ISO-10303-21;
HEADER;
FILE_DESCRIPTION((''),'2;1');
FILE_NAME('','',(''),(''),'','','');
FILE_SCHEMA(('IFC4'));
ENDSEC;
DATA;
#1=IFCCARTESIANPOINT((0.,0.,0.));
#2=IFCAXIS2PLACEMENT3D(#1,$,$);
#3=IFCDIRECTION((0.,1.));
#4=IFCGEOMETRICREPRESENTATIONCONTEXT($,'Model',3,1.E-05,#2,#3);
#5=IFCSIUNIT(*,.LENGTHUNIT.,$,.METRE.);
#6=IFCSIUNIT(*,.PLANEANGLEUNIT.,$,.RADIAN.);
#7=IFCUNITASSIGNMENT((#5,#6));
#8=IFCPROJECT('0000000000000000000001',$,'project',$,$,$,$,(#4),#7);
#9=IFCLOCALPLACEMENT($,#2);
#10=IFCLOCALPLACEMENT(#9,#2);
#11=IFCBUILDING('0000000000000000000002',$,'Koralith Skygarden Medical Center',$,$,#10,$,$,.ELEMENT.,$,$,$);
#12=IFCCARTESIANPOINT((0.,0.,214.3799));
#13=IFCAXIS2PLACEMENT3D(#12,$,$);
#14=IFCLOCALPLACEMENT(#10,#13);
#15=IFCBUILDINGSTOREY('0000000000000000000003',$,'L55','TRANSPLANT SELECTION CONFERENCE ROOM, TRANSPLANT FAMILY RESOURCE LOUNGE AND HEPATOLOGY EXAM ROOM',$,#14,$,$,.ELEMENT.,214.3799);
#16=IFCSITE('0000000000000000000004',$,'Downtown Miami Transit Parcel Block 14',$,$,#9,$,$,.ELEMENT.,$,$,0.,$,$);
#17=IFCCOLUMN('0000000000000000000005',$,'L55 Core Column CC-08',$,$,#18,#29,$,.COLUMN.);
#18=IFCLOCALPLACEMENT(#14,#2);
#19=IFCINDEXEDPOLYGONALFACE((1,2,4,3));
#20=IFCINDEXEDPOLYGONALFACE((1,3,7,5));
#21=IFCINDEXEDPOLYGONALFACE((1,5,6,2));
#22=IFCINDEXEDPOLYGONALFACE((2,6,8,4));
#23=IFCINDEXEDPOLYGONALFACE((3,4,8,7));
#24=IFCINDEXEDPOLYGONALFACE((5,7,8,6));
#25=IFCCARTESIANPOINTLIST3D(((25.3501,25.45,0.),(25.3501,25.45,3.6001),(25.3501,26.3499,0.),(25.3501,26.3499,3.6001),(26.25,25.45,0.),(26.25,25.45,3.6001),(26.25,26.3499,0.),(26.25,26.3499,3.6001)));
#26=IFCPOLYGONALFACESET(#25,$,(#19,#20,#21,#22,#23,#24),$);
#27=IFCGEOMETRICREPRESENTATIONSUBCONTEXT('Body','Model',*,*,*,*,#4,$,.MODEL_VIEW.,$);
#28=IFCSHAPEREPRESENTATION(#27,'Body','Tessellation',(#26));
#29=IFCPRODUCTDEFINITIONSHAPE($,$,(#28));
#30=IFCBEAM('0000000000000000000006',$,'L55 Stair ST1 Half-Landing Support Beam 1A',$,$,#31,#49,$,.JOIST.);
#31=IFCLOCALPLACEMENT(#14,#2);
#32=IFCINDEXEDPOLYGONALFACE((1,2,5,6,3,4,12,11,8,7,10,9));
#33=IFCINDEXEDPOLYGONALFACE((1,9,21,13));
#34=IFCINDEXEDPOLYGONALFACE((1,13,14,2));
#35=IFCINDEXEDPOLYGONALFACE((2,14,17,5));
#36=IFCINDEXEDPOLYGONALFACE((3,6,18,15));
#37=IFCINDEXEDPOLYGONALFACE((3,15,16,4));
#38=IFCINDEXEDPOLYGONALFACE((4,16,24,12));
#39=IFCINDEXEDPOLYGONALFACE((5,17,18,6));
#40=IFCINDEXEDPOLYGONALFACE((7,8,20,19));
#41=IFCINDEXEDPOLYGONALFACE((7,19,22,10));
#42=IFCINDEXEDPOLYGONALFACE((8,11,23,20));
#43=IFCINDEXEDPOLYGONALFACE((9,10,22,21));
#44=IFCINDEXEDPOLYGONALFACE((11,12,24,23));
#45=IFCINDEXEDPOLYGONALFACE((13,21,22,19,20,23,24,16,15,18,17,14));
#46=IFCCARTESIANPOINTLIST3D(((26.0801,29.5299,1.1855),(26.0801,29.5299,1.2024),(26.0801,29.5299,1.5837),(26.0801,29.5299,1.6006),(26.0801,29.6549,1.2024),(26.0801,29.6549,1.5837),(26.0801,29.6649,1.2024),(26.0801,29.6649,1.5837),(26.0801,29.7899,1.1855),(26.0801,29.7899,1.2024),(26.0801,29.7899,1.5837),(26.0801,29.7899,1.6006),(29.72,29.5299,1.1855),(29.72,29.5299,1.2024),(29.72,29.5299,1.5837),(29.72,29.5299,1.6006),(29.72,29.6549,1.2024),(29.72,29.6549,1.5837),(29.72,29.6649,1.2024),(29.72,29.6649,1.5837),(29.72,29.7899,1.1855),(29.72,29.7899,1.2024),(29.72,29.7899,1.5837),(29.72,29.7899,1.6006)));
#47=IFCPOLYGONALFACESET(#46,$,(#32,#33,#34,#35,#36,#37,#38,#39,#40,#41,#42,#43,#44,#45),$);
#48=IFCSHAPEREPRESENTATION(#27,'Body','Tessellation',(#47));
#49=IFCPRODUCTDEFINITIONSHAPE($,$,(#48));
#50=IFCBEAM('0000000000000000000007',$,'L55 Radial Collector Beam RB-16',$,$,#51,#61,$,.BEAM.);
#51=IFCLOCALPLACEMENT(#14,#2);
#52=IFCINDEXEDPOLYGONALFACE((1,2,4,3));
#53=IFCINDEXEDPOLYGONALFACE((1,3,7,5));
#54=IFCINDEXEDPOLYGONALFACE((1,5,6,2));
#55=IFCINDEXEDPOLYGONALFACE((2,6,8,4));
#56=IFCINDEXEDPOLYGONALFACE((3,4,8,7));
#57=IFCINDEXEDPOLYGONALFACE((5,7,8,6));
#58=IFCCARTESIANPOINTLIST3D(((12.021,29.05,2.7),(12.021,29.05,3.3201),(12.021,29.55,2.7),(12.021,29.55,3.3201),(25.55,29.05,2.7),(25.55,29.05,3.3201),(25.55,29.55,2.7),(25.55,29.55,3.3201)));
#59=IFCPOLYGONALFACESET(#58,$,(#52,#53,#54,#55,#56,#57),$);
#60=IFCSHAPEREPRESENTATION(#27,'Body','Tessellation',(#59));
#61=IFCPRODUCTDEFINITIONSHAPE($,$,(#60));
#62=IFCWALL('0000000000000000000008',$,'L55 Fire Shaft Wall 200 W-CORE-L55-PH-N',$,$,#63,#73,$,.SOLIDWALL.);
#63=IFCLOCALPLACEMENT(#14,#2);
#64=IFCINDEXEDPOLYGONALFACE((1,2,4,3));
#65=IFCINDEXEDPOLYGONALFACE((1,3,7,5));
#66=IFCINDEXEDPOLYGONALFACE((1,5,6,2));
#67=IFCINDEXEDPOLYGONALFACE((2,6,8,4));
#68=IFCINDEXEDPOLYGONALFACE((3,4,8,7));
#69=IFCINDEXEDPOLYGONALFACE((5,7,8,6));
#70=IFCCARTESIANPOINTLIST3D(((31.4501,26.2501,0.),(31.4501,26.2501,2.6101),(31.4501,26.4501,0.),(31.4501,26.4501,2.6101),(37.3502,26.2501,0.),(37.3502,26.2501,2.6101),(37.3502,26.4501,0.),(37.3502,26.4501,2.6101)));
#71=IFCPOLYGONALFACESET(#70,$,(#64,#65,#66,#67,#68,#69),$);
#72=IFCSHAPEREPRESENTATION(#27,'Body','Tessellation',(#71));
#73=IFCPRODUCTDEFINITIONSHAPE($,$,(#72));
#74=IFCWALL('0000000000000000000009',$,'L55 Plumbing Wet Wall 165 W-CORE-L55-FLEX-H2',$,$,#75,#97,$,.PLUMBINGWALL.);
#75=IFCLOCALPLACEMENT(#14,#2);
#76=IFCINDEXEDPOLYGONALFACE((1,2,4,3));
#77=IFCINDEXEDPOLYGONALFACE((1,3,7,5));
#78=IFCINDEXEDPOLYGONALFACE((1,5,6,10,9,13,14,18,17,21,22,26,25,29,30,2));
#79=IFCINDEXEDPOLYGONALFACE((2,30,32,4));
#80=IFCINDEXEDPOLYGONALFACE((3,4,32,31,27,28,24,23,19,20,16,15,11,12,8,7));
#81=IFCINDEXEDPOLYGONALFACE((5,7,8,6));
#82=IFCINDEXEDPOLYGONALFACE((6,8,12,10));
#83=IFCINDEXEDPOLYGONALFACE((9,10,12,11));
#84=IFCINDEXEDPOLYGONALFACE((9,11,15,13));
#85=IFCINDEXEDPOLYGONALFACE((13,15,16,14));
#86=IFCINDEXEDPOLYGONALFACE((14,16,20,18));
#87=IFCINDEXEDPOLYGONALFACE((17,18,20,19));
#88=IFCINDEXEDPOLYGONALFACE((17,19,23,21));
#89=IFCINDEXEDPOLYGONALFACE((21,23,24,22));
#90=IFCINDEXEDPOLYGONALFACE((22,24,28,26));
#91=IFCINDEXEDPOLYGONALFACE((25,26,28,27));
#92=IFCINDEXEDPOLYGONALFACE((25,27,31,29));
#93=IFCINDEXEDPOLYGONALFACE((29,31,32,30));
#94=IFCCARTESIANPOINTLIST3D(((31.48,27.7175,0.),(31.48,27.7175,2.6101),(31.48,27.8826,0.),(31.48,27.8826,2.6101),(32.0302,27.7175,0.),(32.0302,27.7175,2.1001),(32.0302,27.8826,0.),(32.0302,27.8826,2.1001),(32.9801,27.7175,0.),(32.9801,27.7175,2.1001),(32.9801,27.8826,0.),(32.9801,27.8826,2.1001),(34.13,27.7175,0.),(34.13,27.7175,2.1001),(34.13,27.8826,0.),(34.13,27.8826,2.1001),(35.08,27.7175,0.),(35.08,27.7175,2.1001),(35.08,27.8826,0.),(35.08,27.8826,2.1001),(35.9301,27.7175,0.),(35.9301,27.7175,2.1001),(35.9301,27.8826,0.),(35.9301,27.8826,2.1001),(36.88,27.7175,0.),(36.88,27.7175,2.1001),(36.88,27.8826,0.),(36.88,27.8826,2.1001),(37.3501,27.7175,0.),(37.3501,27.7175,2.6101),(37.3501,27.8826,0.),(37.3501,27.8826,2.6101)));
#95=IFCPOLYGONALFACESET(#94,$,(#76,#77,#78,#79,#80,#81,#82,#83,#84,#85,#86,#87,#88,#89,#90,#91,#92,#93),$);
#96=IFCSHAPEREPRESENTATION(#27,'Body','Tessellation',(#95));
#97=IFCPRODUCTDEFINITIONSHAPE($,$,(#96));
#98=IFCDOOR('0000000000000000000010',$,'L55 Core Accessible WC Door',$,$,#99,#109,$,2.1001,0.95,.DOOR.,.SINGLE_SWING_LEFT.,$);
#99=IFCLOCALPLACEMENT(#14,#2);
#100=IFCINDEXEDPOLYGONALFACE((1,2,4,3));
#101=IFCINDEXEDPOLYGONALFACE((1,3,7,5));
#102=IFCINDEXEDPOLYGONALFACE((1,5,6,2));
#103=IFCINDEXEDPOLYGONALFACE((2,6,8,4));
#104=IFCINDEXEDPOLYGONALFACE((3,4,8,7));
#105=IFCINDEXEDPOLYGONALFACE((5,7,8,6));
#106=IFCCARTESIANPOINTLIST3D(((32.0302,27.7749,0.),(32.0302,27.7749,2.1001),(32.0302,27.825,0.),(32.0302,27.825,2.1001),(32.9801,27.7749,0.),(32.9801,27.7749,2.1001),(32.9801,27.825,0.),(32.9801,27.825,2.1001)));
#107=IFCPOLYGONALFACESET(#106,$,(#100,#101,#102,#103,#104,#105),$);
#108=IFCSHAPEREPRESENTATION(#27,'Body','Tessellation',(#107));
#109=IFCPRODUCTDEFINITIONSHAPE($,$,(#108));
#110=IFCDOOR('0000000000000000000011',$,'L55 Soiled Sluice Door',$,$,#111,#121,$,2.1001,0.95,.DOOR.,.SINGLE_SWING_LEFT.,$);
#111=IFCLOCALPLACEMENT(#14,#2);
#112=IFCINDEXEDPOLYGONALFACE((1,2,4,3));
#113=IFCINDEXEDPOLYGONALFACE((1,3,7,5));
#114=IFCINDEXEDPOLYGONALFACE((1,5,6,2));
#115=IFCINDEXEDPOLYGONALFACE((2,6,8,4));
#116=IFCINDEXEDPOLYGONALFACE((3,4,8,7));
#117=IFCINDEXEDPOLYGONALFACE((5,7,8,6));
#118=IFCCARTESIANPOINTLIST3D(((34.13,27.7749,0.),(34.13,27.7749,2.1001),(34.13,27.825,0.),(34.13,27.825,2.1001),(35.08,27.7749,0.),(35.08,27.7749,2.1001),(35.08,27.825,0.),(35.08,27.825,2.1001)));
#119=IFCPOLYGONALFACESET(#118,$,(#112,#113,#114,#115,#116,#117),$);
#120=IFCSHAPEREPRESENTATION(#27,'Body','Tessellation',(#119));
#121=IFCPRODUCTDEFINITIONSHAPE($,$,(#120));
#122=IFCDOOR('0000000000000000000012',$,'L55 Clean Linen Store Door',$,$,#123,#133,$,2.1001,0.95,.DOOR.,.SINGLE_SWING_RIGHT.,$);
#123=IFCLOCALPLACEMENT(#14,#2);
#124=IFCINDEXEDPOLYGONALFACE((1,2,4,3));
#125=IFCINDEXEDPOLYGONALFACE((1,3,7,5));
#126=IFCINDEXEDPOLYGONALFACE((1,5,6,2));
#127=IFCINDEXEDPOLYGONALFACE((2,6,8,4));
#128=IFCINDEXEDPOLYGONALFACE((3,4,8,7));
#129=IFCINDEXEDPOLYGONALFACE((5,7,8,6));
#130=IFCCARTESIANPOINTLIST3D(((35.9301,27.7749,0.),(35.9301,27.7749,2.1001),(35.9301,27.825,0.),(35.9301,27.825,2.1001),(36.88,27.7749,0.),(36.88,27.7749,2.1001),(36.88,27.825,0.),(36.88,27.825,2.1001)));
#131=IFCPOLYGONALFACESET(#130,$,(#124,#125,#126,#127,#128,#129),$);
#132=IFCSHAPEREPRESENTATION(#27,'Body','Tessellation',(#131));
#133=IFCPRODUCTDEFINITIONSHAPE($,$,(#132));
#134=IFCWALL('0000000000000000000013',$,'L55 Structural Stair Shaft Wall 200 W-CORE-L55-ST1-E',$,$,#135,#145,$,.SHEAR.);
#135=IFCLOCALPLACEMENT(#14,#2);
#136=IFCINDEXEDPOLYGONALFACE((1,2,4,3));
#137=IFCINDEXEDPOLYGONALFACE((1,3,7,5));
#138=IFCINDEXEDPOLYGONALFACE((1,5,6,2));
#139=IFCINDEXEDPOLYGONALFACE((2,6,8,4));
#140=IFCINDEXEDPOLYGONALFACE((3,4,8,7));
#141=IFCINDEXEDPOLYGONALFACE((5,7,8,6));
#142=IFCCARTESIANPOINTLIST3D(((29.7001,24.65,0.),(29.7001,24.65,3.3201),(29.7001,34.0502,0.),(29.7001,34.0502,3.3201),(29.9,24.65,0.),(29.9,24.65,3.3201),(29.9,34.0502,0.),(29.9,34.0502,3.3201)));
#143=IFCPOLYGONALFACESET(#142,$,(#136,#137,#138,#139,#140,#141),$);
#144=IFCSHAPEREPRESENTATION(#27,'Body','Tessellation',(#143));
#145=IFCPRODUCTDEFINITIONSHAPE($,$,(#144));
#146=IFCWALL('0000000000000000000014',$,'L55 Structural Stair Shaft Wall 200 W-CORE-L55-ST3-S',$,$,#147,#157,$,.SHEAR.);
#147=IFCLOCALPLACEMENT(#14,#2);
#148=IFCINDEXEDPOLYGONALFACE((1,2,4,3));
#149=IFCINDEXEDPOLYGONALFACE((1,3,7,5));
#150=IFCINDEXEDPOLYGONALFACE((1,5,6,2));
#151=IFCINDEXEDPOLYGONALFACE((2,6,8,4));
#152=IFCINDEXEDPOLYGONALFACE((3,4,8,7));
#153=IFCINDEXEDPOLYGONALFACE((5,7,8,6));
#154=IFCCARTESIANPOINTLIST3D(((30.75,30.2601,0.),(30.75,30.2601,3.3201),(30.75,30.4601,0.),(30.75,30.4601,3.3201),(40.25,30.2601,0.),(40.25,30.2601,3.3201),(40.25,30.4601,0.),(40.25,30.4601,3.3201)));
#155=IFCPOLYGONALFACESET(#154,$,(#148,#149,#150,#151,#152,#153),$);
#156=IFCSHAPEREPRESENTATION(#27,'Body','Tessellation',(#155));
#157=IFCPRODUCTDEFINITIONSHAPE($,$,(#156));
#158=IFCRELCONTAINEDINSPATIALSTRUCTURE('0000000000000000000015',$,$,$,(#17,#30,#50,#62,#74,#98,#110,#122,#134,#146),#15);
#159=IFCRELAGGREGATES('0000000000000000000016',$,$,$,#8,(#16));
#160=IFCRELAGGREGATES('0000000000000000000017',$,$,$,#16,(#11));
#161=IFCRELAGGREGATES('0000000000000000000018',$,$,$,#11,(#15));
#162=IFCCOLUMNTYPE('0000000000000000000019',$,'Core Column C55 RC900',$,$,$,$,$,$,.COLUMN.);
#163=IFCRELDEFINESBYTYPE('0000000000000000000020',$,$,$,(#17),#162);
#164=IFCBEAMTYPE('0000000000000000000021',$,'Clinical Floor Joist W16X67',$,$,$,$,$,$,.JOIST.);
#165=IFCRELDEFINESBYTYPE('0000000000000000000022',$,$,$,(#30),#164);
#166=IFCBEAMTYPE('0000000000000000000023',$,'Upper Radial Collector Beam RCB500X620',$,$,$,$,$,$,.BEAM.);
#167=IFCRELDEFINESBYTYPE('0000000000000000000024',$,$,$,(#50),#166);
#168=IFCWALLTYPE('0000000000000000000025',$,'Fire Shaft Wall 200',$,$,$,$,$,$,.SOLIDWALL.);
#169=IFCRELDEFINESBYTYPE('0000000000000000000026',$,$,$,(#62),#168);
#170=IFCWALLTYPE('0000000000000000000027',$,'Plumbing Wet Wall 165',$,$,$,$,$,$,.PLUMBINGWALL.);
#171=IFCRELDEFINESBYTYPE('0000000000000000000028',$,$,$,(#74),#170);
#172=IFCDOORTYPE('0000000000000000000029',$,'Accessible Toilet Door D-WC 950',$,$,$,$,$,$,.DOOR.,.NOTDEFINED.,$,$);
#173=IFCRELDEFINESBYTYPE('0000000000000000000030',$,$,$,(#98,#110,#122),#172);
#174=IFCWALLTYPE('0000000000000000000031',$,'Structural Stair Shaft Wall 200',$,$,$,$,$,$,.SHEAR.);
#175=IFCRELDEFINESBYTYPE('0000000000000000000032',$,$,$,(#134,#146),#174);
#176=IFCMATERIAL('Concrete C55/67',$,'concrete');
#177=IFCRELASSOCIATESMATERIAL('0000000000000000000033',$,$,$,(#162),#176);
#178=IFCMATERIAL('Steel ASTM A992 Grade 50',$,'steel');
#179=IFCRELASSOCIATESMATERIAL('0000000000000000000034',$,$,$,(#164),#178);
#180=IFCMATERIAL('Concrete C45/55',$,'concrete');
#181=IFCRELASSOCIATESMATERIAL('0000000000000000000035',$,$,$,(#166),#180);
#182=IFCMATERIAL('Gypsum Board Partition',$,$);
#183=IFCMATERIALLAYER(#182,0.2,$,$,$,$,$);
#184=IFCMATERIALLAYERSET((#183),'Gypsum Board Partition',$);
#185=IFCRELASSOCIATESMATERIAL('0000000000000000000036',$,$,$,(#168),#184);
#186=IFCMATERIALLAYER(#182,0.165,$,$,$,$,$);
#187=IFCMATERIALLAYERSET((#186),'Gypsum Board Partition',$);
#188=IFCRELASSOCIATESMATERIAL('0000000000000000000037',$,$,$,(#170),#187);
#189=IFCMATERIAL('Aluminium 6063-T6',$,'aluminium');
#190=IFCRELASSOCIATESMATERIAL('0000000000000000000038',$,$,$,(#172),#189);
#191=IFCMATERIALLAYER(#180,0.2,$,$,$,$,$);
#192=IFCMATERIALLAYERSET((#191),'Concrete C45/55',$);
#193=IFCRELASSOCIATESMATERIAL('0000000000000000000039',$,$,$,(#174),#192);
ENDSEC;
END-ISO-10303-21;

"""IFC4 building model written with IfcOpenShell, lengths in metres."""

from ifc_helpers import new_model, si_unit, direction, frame, frame_2d, origin, origin_2d, place, context, subcontext, project, spatial, rectangle, i_section, extrude, material, layer, layer_set, material_profile, profile_set, type_object, element, fill, save


model = new_model("IFC4")

# Units and contexts
model_context = context("Model", 3, precision=1e-05, world=origin(), true_north=direction((0.0, 1.0)))
body_context = subcontext(model_context, "Body", "Model", "MODEL_VIEW")
ifc_project = project(units=[si_unit("LENGTHUNIT", "METRE"), si_unit("PLANEANGLEUNIT", "RADIAN")], contexts=[model_context])

# Site, building, storey
site_placement = place(None, origin())
site = spatial("IfcSite", under=ifc_project, at=site_placement, Name="Downtown Miami Transit Parcel Block 14", CompositionType="ELEMENT", RefElevation=0.0)
building_placement = place(site_placement, origin())
building = spatial("IfcBuilding", under=site, at=building_placement, Name="Koralith Skygarden Medical Center", CompositionType="ELEMENT")
storey_placement = place(building_placement, frame((0.0, 0.0, 214.3799)))
storey = spatial("IfcBuildingStorey", under=building, at=storey_placement, Name="L55", Description="TRANSPLANT SELECTION CONFERENCE ROOM, TRANSPLANT FAMILY RESOURCE LOUNGE AND HEPATOLOGY EXAM ROOM", CompositionType="ELEMENT", Elevation=214.3799)

# Column
ifc_material_1 = material(Name="Concrete C55/67", Category="concrete")
ifc_material_profile_1 = material_profile(ifc_material_1, rectangle(XDim=0.8999, YDim=0.8999, at=origin_2d()), Name="RC900X900")
ifc_profile_set_1 = profile_set([ifc_material_profile_1], Name="Concrete C55/67")
column_type = type_object("IfcColumnType", Name="Core Column C55 RC900", PredefinedType="COLUMN", material=ifc_profile_set_1)
column_placement = place(storey_placement, frame((25.8, 25.8999, 0.0), z_axis=(0.0, 0.0, 1.0), x_axis=(1.0, 0.0, 0.0)))
element("IfcColumn", 1, at=column_placement, inside=storey, type_object=column_type, Name="L55 Core Column CC-08", PredefinedType="COLUMN", context=body_context, shape_type="SweptSolid", body=[
    extrude(rectangle(XDim=0.8999, YDim=0.8999, at=origin_2d()), origin(), (0.0, 0.0, 1.0), 3.6001),
])

# Beams
ifc_material_2 = material(Name="Steel ASTM A992 Grade 50", Category="steel")
ifc_material_profile_2 = material_profile(ifc_material_2, i_section(OverallWidth=0.26, OverallDepth=0.415, WebThickness=0.01, FlangeThickness=0.0168, at=origin_2d()), Name="W16X67")
ifc_profile_set_2 = profile_set([ifc_material_profile_2], Name="Steel ASTM A992 Grade 50")
beam_type_1 = type_object("IfcBeamType", Name="Clinical Floor Joist W16X67", PredefinedType="JOIST", material=ifc_profile_set_2)
beam_1_placement = place(storey_placement, frame((26.0801, 29.6599, 1.3931), z_axis=(1.0, 0.0, 0.0), x_axis=(0.0, 1.0, 0.0)))
element("IfcBeam", 2, at=beam_1_placement, inside=storey, type_object=beam_type_1, Name="L55 Stair ST1 Half-Landing Support Beam 1A", PredefinedType="JOIST", context=body_context, shape_type="SweptSolid", body=[
    extrude(i_section(OverallWidth=0.26, OverallDepth=0.415, WebThickness=0.01, FlangeThickness=0.0168, at=origin_2d()), origin(), (0.0, 0.0, 1.0), 3.6399),
])
ifc_material_3 = material(Name="Concrete C45/55", Category="concrete")
ifc_material_profile_3 = material_profile(ifc_material_3, rectangle(XDim=0.5, YDim=0.6201, at=origin_2d()), Name="RCB500X620")
ifc_profile_set_3 = profile_set([ifc_material_profile_3], Name="Concrete C45/55")
beam_type_2 = type_object("IfcBeamType", Name="Upper Radial Collector Beam RCB500X620", PredefinedType="BEAM", material=ifc_profile_set_3)
beam_2_placement = place(storey_placement, frame((25.55, 29.3, 3.01), z_axis=(-1.0, 0.0, 0.0), x_axis=(0.0, -1.0, 0.0)))
element("IfcBeam", 3, at=beam_2_placement, inside=storey, type_object=beam_type_2, Name="L55 Radial Collector Beam RB-16", PredefinedType="BEAM", context=body_context, shape_type="SweptSolid", body=[
    extrude(rectangle(XDim=0.5, YDim=0.6201, at=origin_2d()), origin(), (0.0, 0.0, 1.0), 13.5291),
])

# Wall
ifc_material_4 = material(Name="Gypsum Board Partition")
ifc_layer_1 = layer(ifc_material_4, 0.2)
ifc_layer_set_1 = layer_set([ifc_layer_1], Name="Gypsum Board Partition")
wall_type_1 = type_object("IfcWallType", Name="Fire Shaft Wall 200", PredefinedType="SOLIDWALL", material=ifc_layer_set_1)
wall_1_placement = place(storey_placement, frame((31.45, 26.3501, 0.0), z_axis=(0.0, 0.0, 1.0), x_axis=(1.0, 0.0, 0.0)))
element("IfcWall", 4, at=wall_1_placement, inside=storey, type_object=wall_type_1, Name="L55 Fire Shaft Wall 200 W-CORE-L55-PH-N", PredefinedType="SOLIDWALL", context=body_context, shape_type="SweptSolid", body=[
    extrude(rectangle(XDim=5.9001, YDim=0.2, at=frame_2d((2.9502, 0.0))), origin(), (0.0, 0.0, 1.0), 2.6101),
])

# Shared definitions
ifc_layer_2 = layer(ifc_material_4, 0.165)
ifc_layer_set_2 = layer_set([ifc_layer_2], Name="Gypsum Board Partition")
wall_type_2 = type_object("IfcWallType", Name="Plumbing Wet Wall 165", PredefinedType="PLUMBINGWALL", material=ifc_layer_set_2)
ifc_material_5 = material(Name="Aluminium 6063-T6", Category="aluminium")

# Wall, openings, doors
wall_2_placement = place(storey_placement, frame((31.48, 27.8, 0.0), z_axis=(0.0, 0.0, 1.0), x_axis=(1.0, 0.0, 0.0)))
wall_2 = element("IfcWall", 5, at=wall_2_placement, inside=storey, type_object=wall_type_2, Name="L55 Plumbing Wet Wall 165 W-CORE-L55-FLEX-H2", PredefinedType="PLUMBINGWALL", context=body_context, shape_type="SweptSolid", body=[
    extrude(rectangle(XDim=5.8701, YDim=0.165, at=frame_2d((2.9351, 0.0))), origin(), (0.0, 0.0, 1.0), 2.6101),
])
opening_1_placement = place(wall_2_placement, frame((0.55, 0.0, 0.0)))
opening_1 = element("IfcOpeningElement", 6, at=opening_1_placement, cuts=wall_2, PredefinedType="OPENING", context=body_context, shape_type="SweptSolid", body=[
    extrude(rectangle(XDim=0.95, YDim=2.1001, at=frame_2d((0.4751, 1.05))), frame((0.0, 0.0925, 0.0), z_axis=(0.0, -1.0, 0.0), x_axis=(1.0, 0.0, 0.0)), (0.0, 0.0, 1.0), 0.1851),
])
opening_2_placement = place(wall_2_placement, frame((2.6499, 0.0, 0.0)))
opening_2 = element("IfcOpeningElement", 7, at=opening_2_placement, cuts=wall_2, PredefinedType="OPENING", context=body_context, shape_type="SweptSolid", body=[
    extrude(rectangle(XDim=0.95, YDim=2.1001, at=frame_2d((0.4751, 1.05))), frame((0.0, 0.0925, 0.0), z_axis=(0.0, -1.0, 0.0), x_axis=(1.0, 0.0, 0.0)), (0.0, 0.0, 1.0), 0.1851),
])
opening_3_placement = place(wall_2_placement, frame((4.45, 0.0, 0.0)))
opening_3 = element("IfcOpeningElement", 8, at=opening_3_placement, cuts=wall_2, PredefinedType="OPENING", context=body_context, shape_type="SweptSolid", body=[
    extrude(rectangle(XDim=0.95, YDim=2.1001, at=frame_2d((0.4751, 1.05))), frame((0.0, 0.0925, 0.0), z_axis=(0.0, -1.0, 0.0), x_axis=(1.0, 0.0, 0.0)), (0.0, 0.0, 1.0), 0.1851),
])
door_type_1 = type_object("IfcDoorType", Name="Accessible Toilet Door D-WC 950", OperationType="NOTDEFINED", PredefinedType="DOOR", material=ifc_material_5)
door_1_placement = place(opening_1_placement, origin())
door_1 = element("IfcDoor", 9, at=door_1_placement, inside=storey, type_object=door_type_1, Name="L55 Core Accessible WC Door", OperationType="SINGLE_SWING_LEFT", OverallHeight=2.1001, OverallWidth=0.95, PredefinedType="DOOR", context=body_context, shape_type="SweptSolid", body=[
    extrude(rectangle(XDim=0.95, YDim=2.1001, at=frame_2d((0.4751, 1.05))), frame((0.0, 0.0249, 0.0), z_axis=(0.0, -1.0, 0.0), x_axis=(1.0, 0.0, 0.0)), (0.0, 0.0, 1.0), 0.05),
])
fill(opening_1, door_1)
door_2_placement = place(opening_2_placement, origin())
door_2 = element("IfcDoor", 10, at=door_2_placement, inside=storey, type_object=door_type_1, Name="L55 Soiled Sluice Door", OperationType="SINGLE_SWING_LEFT", OverallHeight=2.1001, OverallWidth=0.95, PredefinedType="DOOR", context=body_context, shape_type="SweptSolid", body=[
    extrude(rectangle(XDim=0.95, YDim=2.1001, at=frame_2d((0.4751, 1.05))), frame((0.0, 0.0249, 0.0), z_axis=(0.0, -1.0, 0.0), x_axis=(1.0, 0.0, 0.0)), (0.0, 0.0, 1.0), 0.05),
])
fill(opening_2, door_2)
door_3_placement = place(opening_3_placement, origin())
door_3 = element("IfcDoor", 11, at=door_3_placement, inside=storey, type_object=door_type_1, Name="L55 Clean Linen Store Door", OperationType="SINGLE_SWING_RIGHT", OverallHeight=2.1001, OverallWidth=0.95, PredefinedType="DOOR", context=body_context, shape_type="SweptSolid", body=[
    extrude(rectangle(XDim=0.95, YDim=2.1001, at=frame_2d((0.4751, 1.05))), frame((0.0, 0.0249, 0.0), z_axis=(0.0, -1.0, 0.0), x_axis=(1.0, 0.0, 0.0)), (0.0, 0.0, 1.0), 0.05),
])
fill(opening_3, door_3)

# Wall
ifc_layer_3 = layer(ifc_material_3, 0.2)
ifc_layer_set_3 = layer_set([ifc_layer_3], Name="Concrete C45/55")
wall_type_3 = type_object("IfcWallType", Name="Structural Stair Shaft Wall 200", PredefinedType="SHEAR", material=ifc_layer_set_3)
wall_3_placement = place(storey_placement, frame((29.8, 24.6499, 0.0), z_axis=(0.0, 0.0, 1.0), x_axis=(0.0, 1.0, 0.0)))
element("IfcWall", 12, at=wall_3_placement, inside=storey, type_object=wall_type_3, Name="L55 Structural Stair Shaft Wall 200 W-CORE-L55-ST1-E", PredefinedType="SHEAR", context=body_context, shape_type="SweptSolid", body=[
    extrude(rectangle(XDim=9.4001, YDim=0.2, at=frame_2d((4.7002, 0.0))), origin(), (0.0, 0.0, 1.0), 3.3201),
])

# Wall
wall_4_placement = place(storey_placement, frame((30.75, 30.3601, 0.0), z_axis=(0.0, 0.0, 1.0), x_axis=(1.0, 0.0, 0.0)))
element("IfcWall", 13, at=wall_4_placement, inside=storey, type_object=wall_type_3, Name="L55 Structural Stair Shaft Wall 200 W-CORE-L55-ST3-S", PredefinedType="SHEAR", context=body_context, shape_type="SweptSolid", body=[
    extrude(rectangle(XDim=9.5, YDim=0.2, at=frame_2d((4.75, 0.0))), origin(), (0.0, 0.0, 1.0), 3.3201),
])

save(model, "model.ifc")
